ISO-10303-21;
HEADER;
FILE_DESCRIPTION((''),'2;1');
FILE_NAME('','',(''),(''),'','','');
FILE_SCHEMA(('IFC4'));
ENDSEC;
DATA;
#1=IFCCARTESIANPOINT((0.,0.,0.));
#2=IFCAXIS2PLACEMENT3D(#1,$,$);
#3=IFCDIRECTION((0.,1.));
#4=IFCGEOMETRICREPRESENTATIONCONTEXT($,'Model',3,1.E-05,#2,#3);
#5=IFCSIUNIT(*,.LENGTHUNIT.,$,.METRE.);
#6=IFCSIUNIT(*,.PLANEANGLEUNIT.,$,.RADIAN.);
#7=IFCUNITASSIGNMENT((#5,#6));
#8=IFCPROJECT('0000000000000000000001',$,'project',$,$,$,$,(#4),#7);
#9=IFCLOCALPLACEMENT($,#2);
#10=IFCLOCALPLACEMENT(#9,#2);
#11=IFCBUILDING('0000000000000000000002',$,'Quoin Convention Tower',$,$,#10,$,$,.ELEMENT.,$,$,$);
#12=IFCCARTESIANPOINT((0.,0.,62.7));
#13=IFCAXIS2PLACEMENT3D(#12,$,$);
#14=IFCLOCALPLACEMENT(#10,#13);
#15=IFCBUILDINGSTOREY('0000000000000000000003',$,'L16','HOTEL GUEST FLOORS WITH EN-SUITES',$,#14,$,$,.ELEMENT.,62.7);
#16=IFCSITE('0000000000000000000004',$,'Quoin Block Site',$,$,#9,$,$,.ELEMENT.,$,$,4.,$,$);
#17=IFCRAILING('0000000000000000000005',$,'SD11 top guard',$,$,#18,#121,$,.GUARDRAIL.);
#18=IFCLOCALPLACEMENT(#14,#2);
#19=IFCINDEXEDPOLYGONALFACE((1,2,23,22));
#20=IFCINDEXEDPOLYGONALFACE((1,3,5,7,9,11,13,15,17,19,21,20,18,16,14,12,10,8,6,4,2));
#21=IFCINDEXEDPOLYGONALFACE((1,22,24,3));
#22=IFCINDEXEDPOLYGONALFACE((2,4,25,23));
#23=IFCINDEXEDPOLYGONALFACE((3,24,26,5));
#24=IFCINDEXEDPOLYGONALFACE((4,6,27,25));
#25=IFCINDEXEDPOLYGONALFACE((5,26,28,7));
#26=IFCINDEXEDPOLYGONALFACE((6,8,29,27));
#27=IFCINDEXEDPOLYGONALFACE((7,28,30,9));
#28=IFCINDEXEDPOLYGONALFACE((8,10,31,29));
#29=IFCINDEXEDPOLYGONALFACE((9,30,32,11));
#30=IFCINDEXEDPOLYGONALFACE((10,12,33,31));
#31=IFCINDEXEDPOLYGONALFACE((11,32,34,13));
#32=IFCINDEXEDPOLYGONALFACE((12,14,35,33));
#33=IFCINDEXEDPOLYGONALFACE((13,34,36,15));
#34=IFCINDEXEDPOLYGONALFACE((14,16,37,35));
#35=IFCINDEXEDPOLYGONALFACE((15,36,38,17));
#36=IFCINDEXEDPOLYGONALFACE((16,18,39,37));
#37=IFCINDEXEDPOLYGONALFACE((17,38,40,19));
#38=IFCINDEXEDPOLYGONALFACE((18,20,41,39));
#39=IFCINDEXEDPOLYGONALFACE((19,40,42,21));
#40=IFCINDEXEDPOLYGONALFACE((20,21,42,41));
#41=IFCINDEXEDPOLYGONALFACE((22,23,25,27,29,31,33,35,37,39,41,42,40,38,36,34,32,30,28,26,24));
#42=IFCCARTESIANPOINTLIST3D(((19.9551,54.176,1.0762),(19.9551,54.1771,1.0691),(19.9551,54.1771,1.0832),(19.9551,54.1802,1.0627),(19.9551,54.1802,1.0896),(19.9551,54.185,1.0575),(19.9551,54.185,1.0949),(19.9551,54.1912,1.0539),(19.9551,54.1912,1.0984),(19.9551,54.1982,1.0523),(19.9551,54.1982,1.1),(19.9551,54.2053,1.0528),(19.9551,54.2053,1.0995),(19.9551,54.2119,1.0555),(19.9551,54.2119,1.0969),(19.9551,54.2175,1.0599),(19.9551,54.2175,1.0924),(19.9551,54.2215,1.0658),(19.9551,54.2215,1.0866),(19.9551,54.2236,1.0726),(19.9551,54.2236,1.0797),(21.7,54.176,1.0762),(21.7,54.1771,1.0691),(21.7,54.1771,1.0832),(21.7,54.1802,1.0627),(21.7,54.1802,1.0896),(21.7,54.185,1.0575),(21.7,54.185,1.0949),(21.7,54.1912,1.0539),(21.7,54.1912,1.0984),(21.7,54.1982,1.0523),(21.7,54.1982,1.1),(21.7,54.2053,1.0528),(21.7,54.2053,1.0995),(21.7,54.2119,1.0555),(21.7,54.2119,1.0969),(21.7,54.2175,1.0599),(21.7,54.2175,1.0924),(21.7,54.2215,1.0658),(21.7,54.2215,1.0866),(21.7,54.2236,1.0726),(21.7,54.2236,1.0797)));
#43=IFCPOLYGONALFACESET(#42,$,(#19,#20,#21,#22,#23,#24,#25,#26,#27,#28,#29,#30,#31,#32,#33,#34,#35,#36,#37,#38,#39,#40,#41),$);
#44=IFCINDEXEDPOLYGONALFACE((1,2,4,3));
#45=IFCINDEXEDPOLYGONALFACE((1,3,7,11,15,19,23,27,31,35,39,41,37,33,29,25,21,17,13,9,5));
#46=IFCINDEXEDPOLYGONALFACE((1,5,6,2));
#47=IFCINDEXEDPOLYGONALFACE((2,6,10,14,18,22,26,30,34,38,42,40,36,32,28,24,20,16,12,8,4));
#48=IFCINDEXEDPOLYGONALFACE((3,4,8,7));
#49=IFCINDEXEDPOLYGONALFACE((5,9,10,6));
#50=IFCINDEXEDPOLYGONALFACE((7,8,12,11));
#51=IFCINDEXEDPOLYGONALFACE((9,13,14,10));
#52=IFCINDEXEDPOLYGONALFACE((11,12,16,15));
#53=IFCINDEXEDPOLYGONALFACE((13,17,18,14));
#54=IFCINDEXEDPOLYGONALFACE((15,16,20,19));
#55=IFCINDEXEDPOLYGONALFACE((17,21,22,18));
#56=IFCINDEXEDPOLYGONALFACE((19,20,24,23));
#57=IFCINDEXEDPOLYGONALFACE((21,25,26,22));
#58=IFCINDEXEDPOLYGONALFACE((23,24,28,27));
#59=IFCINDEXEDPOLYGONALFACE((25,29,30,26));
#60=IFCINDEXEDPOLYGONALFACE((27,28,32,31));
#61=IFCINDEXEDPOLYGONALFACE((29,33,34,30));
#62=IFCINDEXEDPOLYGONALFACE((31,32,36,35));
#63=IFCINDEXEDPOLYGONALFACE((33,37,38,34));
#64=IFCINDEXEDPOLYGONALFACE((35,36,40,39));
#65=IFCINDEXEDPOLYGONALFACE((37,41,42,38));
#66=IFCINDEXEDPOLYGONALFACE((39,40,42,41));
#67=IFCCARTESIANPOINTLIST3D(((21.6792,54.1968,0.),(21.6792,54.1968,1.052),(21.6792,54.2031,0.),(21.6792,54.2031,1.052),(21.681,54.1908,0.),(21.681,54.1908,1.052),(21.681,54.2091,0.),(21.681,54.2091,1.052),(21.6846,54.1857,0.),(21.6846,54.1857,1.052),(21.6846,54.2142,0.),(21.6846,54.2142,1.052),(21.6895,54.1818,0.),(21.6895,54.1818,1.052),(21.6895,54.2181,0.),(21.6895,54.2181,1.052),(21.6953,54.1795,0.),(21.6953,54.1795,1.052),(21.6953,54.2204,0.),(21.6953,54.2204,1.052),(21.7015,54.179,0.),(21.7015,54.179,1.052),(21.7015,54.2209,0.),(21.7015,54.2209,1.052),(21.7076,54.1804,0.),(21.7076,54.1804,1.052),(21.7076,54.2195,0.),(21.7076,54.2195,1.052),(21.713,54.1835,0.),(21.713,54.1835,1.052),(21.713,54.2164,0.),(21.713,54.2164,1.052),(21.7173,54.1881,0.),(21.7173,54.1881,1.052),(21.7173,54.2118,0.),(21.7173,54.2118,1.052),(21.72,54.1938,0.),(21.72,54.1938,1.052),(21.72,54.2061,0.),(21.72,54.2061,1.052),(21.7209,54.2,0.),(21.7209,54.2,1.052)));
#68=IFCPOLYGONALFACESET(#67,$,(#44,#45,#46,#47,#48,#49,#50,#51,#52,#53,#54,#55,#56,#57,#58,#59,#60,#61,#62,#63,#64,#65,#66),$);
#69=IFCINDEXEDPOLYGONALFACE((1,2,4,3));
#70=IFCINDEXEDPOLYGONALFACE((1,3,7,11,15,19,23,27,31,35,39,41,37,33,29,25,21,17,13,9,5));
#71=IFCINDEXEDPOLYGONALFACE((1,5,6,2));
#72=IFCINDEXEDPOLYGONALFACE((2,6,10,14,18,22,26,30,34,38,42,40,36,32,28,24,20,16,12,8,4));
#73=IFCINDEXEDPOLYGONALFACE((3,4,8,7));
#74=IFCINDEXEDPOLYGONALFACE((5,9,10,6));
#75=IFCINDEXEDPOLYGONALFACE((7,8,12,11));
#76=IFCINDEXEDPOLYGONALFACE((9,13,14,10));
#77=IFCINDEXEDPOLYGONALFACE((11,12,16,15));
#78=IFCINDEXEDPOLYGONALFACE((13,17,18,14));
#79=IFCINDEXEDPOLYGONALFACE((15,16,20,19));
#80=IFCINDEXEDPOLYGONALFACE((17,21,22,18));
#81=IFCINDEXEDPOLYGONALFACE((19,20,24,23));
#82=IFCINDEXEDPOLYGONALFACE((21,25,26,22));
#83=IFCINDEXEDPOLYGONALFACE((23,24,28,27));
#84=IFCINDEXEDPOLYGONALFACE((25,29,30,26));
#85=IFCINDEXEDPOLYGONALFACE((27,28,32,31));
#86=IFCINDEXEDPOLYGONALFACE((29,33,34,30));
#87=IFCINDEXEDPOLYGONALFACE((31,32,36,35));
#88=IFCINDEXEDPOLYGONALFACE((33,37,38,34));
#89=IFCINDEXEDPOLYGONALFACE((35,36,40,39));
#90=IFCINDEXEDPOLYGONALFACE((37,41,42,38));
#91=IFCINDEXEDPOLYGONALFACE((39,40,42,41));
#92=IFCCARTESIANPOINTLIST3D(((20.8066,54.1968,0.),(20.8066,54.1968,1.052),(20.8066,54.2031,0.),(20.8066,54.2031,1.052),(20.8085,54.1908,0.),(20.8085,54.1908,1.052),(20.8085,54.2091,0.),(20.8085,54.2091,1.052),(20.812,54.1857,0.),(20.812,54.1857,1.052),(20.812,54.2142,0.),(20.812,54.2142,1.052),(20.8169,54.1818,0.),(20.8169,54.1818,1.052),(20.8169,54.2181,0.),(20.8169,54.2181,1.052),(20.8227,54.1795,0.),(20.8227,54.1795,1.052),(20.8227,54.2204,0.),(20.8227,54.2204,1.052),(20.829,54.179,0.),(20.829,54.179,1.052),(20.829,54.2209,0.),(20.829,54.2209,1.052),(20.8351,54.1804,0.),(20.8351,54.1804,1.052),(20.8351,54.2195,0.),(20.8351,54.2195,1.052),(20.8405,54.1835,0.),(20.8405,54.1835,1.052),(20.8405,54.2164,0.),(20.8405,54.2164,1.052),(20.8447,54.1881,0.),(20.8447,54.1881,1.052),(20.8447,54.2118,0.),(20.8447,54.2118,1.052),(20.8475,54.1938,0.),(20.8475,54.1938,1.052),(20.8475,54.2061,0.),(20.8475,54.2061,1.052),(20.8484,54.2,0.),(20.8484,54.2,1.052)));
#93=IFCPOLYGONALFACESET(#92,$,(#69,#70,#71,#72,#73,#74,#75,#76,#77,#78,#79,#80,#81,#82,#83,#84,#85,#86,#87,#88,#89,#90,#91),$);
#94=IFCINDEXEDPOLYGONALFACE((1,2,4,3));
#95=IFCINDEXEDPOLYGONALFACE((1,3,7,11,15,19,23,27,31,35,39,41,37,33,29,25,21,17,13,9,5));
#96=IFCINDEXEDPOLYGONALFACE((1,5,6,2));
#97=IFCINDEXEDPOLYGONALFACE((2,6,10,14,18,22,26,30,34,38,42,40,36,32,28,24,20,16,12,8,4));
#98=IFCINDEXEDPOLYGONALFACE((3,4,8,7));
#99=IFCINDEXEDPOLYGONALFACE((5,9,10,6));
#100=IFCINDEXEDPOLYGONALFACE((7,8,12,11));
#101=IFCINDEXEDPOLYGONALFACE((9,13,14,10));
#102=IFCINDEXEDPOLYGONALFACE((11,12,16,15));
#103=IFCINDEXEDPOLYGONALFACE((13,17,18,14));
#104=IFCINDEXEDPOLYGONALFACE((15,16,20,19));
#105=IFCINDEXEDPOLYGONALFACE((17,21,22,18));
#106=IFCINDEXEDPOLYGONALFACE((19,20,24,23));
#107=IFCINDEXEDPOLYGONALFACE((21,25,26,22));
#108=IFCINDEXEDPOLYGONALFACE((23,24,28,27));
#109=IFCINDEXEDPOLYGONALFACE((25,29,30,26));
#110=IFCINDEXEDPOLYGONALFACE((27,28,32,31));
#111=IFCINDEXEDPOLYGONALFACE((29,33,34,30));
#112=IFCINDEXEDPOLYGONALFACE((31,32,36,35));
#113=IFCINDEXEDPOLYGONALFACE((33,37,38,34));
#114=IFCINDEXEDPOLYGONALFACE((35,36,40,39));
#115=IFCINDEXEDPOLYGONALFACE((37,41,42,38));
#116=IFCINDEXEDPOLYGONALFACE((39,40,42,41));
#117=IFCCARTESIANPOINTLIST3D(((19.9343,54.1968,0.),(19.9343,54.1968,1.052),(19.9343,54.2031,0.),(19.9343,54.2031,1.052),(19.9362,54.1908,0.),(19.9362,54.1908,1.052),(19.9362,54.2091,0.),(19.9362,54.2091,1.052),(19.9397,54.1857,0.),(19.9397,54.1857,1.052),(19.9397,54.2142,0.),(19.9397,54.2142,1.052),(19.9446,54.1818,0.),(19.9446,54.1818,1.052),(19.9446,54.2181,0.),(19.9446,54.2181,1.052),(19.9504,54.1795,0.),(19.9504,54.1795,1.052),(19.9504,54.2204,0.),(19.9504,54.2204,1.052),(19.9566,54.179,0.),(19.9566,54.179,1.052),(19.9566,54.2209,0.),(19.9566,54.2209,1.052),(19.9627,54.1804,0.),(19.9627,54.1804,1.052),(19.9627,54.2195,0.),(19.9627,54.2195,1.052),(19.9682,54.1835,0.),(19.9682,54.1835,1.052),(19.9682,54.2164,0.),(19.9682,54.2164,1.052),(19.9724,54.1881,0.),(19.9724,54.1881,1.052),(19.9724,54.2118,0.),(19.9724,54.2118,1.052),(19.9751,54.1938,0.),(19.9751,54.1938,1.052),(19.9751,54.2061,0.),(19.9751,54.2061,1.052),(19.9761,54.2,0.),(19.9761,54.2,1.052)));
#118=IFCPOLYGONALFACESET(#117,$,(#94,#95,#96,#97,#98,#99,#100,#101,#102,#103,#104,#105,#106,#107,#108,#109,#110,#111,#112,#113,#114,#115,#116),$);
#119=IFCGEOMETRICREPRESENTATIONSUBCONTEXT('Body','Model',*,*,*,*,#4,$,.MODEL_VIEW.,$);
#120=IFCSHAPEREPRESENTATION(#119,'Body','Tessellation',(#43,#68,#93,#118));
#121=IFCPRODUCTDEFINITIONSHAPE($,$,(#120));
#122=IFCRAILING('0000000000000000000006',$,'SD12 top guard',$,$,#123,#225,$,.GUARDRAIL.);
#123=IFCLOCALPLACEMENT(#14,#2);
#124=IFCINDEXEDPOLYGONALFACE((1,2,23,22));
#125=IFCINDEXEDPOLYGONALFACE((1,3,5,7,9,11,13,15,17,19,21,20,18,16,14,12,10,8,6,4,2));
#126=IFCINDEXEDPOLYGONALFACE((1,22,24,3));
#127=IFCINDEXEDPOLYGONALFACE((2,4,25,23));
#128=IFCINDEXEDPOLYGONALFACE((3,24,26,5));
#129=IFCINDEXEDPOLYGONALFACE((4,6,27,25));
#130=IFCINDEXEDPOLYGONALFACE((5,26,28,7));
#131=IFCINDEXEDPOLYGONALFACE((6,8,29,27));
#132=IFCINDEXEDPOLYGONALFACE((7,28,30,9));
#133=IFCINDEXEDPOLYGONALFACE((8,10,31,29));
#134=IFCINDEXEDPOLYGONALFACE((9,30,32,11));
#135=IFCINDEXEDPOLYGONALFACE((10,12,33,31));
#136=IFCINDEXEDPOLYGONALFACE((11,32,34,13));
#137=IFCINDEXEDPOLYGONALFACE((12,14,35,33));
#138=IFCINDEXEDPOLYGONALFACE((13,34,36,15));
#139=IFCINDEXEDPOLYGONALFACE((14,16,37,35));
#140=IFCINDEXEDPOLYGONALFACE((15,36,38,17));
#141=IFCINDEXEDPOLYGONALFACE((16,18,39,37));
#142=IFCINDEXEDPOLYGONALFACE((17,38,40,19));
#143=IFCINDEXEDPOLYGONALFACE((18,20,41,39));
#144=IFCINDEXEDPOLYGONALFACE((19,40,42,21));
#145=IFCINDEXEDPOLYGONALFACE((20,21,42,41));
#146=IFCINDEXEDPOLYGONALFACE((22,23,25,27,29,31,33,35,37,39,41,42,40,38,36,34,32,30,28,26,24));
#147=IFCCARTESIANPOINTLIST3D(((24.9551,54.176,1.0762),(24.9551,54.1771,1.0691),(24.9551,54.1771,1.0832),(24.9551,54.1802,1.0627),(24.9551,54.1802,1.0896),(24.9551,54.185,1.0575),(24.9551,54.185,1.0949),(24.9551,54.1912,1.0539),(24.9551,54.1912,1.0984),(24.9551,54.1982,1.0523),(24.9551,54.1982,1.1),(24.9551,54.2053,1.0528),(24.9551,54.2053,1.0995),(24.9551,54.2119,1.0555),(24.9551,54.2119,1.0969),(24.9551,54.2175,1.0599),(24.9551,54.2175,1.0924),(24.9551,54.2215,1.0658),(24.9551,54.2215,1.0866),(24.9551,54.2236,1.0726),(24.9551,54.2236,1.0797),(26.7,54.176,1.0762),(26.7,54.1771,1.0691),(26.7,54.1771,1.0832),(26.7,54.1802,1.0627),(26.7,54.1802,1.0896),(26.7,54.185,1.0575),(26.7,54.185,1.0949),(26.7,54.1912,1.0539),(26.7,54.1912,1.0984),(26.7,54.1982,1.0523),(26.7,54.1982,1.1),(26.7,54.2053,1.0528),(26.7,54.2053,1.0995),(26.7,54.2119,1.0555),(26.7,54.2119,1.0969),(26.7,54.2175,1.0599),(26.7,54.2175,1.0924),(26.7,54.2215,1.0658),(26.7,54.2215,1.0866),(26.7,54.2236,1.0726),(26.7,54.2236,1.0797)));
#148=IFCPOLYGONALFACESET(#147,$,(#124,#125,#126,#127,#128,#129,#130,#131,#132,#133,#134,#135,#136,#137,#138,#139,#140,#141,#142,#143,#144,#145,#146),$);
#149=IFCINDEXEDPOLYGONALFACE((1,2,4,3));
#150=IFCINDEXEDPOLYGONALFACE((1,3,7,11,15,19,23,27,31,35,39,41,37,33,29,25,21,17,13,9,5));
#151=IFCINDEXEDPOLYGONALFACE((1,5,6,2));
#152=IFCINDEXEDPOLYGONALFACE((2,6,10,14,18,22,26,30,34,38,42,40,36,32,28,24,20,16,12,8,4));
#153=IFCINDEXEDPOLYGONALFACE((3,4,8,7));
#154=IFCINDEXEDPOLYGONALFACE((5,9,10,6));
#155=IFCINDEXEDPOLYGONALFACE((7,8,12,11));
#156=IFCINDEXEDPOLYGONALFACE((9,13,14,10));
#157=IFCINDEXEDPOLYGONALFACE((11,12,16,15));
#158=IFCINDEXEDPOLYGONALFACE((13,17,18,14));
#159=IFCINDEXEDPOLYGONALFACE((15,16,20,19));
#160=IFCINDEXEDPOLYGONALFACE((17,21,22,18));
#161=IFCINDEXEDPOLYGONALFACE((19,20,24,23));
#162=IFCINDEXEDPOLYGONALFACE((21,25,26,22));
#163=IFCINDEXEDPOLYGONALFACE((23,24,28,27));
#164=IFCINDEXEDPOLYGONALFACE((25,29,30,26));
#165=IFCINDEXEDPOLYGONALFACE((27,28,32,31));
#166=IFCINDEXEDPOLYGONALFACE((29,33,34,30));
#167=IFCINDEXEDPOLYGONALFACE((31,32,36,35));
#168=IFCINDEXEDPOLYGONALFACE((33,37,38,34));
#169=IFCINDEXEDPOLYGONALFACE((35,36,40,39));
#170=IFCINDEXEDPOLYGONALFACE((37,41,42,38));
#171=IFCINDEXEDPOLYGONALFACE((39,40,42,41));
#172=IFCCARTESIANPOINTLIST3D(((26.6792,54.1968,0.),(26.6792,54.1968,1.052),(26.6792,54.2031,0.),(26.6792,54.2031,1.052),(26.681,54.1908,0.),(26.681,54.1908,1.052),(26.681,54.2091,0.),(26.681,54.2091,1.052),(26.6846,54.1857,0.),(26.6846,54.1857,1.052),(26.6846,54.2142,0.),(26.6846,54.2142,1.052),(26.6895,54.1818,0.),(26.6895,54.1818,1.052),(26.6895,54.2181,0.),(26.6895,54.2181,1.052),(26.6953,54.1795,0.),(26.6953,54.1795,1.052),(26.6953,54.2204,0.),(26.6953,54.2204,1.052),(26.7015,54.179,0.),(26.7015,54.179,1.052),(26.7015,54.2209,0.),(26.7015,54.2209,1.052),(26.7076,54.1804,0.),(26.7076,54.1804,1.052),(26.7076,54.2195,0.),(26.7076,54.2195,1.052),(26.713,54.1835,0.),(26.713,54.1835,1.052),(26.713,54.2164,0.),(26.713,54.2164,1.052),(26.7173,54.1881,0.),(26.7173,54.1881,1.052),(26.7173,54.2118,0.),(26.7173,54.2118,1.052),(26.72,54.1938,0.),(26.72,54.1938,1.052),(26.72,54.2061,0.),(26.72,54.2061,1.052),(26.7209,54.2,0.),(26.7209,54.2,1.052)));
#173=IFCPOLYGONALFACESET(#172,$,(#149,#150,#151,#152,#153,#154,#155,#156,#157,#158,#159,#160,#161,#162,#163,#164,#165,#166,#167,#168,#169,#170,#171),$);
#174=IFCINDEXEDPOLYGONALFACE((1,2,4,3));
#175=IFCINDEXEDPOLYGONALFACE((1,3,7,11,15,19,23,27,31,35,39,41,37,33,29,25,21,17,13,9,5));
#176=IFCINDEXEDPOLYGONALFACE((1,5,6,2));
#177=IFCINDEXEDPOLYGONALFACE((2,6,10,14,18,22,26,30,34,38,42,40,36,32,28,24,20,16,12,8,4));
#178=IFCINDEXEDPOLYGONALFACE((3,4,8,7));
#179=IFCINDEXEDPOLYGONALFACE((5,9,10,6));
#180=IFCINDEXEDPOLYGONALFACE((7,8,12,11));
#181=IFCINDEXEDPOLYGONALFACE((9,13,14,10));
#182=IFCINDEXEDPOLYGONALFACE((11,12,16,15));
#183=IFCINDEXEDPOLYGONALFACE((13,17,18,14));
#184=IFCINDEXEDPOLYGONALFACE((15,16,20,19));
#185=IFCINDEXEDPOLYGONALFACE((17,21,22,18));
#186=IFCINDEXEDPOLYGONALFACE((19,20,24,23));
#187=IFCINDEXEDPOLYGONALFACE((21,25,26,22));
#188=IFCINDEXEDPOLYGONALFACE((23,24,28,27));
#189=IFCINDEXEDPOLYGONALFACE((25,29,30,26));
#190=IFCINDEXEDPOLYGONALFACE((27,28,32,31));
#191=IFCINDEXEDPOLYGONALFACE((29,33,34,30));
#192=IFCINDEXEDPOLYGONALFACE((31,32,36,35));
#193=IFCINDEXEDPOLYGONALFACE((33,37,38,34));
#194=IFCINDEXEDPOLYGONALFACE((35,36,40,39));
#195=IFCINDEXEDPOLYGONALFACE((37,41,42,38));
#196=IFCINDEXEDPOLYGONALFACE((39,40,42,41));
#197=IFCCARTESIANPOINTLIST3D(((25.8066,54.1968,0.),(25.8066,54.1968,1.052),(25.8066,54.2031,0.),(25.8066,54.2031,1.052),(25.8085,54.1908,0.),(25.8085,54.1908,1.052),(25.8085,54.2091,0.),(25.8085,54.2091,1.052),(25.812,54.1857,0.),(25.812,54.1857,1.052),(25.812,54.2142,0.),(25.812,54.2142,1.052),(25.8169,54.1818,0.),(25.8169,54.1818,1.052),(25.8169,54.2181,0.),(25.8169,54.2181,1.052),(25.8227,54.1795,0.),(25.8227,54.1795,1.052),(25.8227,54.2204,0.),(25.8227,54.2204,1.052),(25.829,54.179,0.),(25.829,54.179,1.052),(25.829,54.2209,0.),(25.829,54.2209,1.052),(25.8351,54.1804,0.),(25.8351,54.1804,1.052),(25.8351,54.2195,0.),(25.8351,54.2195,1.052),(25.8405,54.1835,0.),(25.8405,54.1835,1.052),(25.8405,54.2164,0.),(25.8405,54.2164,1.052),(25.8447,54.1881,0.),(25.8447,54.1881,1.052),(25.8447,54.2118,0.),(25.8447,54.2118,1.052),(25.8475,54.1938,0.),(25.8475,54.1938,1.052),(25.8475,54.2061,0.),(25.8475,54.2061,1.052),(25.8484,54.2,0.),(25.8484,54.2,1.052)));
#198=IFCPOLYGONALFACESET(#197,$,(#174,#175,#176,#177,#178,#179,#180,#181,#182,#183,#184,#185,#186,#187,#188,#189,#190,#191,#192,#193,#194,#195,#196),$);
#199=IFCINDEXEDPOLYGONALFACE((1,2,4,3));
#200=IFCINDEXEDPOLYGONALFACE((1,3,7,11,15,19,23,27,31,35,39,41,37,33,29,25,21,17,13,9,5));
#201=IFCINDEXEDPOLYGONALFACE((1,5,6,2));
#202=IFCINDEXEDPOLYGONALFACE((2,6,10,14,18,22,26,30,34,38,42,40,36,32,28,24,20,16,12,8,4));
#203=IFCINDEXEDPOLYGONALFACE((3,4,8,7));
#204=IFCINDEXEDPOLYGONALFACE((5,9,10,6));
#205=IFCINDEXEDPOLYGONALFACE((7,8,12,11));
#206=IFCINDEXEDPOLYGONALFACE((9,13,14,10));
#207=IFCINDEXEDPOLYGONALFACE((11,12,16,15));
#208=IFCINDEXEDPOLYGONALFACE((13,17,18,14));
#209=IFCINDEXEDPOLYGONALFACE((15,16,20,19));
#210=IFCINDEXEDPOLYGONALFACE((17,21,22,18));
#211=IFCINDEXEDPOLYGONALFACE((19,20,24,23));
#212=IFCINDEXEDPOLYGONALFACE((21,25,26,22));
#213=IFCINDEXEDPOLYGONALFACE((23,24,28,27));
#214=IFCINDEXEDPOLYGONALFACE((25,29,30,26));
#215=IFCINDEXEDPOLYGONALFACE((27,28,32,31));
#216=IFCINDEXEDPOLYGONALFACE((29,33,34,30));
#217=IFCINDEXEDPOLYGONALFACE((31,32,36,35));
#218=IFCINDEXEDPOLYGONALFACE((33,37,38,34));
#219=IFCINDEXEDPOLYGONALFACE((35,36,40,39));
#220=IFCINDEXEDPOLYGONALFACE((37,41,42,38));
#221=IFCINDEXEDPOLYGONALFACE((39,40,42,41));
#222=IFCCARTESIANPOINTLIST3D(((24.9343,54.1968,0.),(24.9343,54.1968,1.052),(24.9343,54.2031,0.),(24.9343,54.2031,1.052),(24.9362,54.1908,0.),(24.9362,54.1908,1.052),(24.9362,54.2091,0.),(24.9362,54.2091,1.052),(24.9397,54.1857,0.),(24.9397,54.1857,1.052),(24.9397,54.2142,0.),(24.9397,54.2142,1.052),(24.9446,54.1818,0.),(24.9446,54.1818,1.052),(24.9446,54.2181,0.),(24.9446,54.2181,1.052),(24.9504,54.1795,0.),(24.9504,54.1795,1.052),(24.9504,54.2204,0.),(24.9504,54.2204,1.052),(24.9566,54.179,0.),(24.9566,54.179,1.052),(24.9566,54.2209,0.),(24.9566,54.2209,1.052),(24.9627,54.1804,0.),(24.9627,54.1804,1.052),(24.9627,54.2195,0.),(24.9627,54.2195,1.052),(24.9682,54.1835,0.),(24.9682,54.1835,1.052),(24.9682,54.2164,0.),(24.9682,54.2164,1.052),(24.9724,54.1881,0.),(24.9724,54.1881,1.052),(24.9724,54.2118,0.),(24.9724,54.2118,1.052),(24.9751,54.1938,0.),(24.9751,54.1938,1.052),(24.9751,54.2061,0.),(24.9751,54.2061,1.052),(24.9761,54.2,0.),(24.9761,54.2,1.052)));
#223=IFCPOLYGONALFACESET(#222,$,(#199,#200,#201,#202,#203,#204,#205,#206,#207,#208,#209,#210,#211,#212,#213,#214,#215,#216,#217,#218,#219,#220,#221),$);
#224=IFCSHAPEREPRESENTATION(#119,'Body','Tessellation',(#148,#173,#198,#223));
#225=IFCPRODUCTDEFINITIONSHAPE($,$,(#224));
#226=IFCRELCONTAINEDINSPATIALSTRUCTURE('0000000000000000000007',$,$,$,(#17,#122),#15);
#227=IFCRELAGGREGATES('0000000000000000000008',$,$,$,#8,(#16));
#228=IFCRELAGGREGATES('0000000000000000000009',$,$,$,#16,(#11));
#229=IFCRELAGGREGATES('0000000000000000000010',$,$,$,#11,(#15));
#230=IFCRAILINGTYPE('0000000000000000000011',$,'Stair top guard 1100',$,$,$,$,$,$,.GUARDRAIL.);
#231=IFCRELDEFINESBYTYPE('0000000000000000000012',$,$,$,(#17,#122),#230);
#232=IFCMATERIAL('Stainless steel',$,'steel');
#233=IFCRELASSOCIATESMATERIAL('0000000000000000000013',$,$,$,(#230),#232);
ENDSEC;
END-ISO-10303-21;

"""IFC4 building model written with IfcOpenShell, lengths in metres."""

from ifc_helpers import new_model, si_unit, direction, frame, origin, origin_2d, place, context, subcontext, project, spatial, circle, extrude, material, type_object, element, save


model = new_model("IFC4")

# Units and contexts
model_context = context("Model", 3, precision=1e-05, world=origin(), true_north=direction((0.0, 1.0)))
body_context = subcontext(model_context, "Body", "Model", "MODEL_VIEW")
ifc_project = project(units=[si_unit("LENGTHUNIT", "METRE"), si_unit("PLANEANGLEUNIT", "RADIAN")], contexts=[model_context])

# Site, building, storey
site_placement = place(None, origin())
site = spatial("IfcSite", under=ifc_project, at=site_placement, Name="Quoin Block Site", CompositionType="ELEMENT", RefElevation=4.0)
building_placement = place(site_placement, origin())
building = spatial("IfcBuilding", under=site, at=building_placement, Name="Quoin Convention Tower", CompositionType="ELEMENT")
storey_placement = place(building_placement, frame((0.0, 0.0, 62.7)))
storey = spatial("IfcBuildingStorey", under=building, at=storey_placement, Name="L16", Description="HOTEL GUEST FLOORS WITH EN-SUITES", CompositionType="ELEMENT", Elevation=62.7)

# Railings
ifc_material_1 = material(Name="Stainless steel", Category="steel")
railing_type_1 = type_object("IfcRailingType", Name="Stair top guard 1100", PredefinedType="GUARDRAIL", material=ifc_material_1)
for number, where, name in (
    (1, (21.7, 54.2, 0.0), "SD11 top guard"),
    (2, (26.7, 54.2, 0.0), "SD12 top guard"),
):
    element("IfcRailing", number, at=place(storey_placement, frame(where)), inside=storey, type_object=railing_type_1, Name=name, PredefinedType="GUARDRAIL", context=body_context, shape_type="SweptSolid", body=[
        extrude(circle(Radius=0.0239, at=origin_2d()), frame((0.0, 0.0, 1.0762), z_axis=(-1.0, 0.0, 0.0), x_axis=(0.0, -1.0, 0.0)), (0.0, 0.0, 1.0), 1.7449),
        extrude(circle(Radius=0.021, at=origin_2d()), origin(), (0.0, 0.0, 1.0), 1.052),
        extrude(circle(Radius=0.021, at=origin_2d()), frame((-0.8726, 0.0, 0.0)), (0.0, 0.0, 1.0), 1.052),
        extrude(circle(Radius=0.021, at=origin_2d()), frame((-1.7449, 0.0, 0.0)), (0.0, 0.0, 1.0), 1.052),
    ])

save(model, "model.ifc")
